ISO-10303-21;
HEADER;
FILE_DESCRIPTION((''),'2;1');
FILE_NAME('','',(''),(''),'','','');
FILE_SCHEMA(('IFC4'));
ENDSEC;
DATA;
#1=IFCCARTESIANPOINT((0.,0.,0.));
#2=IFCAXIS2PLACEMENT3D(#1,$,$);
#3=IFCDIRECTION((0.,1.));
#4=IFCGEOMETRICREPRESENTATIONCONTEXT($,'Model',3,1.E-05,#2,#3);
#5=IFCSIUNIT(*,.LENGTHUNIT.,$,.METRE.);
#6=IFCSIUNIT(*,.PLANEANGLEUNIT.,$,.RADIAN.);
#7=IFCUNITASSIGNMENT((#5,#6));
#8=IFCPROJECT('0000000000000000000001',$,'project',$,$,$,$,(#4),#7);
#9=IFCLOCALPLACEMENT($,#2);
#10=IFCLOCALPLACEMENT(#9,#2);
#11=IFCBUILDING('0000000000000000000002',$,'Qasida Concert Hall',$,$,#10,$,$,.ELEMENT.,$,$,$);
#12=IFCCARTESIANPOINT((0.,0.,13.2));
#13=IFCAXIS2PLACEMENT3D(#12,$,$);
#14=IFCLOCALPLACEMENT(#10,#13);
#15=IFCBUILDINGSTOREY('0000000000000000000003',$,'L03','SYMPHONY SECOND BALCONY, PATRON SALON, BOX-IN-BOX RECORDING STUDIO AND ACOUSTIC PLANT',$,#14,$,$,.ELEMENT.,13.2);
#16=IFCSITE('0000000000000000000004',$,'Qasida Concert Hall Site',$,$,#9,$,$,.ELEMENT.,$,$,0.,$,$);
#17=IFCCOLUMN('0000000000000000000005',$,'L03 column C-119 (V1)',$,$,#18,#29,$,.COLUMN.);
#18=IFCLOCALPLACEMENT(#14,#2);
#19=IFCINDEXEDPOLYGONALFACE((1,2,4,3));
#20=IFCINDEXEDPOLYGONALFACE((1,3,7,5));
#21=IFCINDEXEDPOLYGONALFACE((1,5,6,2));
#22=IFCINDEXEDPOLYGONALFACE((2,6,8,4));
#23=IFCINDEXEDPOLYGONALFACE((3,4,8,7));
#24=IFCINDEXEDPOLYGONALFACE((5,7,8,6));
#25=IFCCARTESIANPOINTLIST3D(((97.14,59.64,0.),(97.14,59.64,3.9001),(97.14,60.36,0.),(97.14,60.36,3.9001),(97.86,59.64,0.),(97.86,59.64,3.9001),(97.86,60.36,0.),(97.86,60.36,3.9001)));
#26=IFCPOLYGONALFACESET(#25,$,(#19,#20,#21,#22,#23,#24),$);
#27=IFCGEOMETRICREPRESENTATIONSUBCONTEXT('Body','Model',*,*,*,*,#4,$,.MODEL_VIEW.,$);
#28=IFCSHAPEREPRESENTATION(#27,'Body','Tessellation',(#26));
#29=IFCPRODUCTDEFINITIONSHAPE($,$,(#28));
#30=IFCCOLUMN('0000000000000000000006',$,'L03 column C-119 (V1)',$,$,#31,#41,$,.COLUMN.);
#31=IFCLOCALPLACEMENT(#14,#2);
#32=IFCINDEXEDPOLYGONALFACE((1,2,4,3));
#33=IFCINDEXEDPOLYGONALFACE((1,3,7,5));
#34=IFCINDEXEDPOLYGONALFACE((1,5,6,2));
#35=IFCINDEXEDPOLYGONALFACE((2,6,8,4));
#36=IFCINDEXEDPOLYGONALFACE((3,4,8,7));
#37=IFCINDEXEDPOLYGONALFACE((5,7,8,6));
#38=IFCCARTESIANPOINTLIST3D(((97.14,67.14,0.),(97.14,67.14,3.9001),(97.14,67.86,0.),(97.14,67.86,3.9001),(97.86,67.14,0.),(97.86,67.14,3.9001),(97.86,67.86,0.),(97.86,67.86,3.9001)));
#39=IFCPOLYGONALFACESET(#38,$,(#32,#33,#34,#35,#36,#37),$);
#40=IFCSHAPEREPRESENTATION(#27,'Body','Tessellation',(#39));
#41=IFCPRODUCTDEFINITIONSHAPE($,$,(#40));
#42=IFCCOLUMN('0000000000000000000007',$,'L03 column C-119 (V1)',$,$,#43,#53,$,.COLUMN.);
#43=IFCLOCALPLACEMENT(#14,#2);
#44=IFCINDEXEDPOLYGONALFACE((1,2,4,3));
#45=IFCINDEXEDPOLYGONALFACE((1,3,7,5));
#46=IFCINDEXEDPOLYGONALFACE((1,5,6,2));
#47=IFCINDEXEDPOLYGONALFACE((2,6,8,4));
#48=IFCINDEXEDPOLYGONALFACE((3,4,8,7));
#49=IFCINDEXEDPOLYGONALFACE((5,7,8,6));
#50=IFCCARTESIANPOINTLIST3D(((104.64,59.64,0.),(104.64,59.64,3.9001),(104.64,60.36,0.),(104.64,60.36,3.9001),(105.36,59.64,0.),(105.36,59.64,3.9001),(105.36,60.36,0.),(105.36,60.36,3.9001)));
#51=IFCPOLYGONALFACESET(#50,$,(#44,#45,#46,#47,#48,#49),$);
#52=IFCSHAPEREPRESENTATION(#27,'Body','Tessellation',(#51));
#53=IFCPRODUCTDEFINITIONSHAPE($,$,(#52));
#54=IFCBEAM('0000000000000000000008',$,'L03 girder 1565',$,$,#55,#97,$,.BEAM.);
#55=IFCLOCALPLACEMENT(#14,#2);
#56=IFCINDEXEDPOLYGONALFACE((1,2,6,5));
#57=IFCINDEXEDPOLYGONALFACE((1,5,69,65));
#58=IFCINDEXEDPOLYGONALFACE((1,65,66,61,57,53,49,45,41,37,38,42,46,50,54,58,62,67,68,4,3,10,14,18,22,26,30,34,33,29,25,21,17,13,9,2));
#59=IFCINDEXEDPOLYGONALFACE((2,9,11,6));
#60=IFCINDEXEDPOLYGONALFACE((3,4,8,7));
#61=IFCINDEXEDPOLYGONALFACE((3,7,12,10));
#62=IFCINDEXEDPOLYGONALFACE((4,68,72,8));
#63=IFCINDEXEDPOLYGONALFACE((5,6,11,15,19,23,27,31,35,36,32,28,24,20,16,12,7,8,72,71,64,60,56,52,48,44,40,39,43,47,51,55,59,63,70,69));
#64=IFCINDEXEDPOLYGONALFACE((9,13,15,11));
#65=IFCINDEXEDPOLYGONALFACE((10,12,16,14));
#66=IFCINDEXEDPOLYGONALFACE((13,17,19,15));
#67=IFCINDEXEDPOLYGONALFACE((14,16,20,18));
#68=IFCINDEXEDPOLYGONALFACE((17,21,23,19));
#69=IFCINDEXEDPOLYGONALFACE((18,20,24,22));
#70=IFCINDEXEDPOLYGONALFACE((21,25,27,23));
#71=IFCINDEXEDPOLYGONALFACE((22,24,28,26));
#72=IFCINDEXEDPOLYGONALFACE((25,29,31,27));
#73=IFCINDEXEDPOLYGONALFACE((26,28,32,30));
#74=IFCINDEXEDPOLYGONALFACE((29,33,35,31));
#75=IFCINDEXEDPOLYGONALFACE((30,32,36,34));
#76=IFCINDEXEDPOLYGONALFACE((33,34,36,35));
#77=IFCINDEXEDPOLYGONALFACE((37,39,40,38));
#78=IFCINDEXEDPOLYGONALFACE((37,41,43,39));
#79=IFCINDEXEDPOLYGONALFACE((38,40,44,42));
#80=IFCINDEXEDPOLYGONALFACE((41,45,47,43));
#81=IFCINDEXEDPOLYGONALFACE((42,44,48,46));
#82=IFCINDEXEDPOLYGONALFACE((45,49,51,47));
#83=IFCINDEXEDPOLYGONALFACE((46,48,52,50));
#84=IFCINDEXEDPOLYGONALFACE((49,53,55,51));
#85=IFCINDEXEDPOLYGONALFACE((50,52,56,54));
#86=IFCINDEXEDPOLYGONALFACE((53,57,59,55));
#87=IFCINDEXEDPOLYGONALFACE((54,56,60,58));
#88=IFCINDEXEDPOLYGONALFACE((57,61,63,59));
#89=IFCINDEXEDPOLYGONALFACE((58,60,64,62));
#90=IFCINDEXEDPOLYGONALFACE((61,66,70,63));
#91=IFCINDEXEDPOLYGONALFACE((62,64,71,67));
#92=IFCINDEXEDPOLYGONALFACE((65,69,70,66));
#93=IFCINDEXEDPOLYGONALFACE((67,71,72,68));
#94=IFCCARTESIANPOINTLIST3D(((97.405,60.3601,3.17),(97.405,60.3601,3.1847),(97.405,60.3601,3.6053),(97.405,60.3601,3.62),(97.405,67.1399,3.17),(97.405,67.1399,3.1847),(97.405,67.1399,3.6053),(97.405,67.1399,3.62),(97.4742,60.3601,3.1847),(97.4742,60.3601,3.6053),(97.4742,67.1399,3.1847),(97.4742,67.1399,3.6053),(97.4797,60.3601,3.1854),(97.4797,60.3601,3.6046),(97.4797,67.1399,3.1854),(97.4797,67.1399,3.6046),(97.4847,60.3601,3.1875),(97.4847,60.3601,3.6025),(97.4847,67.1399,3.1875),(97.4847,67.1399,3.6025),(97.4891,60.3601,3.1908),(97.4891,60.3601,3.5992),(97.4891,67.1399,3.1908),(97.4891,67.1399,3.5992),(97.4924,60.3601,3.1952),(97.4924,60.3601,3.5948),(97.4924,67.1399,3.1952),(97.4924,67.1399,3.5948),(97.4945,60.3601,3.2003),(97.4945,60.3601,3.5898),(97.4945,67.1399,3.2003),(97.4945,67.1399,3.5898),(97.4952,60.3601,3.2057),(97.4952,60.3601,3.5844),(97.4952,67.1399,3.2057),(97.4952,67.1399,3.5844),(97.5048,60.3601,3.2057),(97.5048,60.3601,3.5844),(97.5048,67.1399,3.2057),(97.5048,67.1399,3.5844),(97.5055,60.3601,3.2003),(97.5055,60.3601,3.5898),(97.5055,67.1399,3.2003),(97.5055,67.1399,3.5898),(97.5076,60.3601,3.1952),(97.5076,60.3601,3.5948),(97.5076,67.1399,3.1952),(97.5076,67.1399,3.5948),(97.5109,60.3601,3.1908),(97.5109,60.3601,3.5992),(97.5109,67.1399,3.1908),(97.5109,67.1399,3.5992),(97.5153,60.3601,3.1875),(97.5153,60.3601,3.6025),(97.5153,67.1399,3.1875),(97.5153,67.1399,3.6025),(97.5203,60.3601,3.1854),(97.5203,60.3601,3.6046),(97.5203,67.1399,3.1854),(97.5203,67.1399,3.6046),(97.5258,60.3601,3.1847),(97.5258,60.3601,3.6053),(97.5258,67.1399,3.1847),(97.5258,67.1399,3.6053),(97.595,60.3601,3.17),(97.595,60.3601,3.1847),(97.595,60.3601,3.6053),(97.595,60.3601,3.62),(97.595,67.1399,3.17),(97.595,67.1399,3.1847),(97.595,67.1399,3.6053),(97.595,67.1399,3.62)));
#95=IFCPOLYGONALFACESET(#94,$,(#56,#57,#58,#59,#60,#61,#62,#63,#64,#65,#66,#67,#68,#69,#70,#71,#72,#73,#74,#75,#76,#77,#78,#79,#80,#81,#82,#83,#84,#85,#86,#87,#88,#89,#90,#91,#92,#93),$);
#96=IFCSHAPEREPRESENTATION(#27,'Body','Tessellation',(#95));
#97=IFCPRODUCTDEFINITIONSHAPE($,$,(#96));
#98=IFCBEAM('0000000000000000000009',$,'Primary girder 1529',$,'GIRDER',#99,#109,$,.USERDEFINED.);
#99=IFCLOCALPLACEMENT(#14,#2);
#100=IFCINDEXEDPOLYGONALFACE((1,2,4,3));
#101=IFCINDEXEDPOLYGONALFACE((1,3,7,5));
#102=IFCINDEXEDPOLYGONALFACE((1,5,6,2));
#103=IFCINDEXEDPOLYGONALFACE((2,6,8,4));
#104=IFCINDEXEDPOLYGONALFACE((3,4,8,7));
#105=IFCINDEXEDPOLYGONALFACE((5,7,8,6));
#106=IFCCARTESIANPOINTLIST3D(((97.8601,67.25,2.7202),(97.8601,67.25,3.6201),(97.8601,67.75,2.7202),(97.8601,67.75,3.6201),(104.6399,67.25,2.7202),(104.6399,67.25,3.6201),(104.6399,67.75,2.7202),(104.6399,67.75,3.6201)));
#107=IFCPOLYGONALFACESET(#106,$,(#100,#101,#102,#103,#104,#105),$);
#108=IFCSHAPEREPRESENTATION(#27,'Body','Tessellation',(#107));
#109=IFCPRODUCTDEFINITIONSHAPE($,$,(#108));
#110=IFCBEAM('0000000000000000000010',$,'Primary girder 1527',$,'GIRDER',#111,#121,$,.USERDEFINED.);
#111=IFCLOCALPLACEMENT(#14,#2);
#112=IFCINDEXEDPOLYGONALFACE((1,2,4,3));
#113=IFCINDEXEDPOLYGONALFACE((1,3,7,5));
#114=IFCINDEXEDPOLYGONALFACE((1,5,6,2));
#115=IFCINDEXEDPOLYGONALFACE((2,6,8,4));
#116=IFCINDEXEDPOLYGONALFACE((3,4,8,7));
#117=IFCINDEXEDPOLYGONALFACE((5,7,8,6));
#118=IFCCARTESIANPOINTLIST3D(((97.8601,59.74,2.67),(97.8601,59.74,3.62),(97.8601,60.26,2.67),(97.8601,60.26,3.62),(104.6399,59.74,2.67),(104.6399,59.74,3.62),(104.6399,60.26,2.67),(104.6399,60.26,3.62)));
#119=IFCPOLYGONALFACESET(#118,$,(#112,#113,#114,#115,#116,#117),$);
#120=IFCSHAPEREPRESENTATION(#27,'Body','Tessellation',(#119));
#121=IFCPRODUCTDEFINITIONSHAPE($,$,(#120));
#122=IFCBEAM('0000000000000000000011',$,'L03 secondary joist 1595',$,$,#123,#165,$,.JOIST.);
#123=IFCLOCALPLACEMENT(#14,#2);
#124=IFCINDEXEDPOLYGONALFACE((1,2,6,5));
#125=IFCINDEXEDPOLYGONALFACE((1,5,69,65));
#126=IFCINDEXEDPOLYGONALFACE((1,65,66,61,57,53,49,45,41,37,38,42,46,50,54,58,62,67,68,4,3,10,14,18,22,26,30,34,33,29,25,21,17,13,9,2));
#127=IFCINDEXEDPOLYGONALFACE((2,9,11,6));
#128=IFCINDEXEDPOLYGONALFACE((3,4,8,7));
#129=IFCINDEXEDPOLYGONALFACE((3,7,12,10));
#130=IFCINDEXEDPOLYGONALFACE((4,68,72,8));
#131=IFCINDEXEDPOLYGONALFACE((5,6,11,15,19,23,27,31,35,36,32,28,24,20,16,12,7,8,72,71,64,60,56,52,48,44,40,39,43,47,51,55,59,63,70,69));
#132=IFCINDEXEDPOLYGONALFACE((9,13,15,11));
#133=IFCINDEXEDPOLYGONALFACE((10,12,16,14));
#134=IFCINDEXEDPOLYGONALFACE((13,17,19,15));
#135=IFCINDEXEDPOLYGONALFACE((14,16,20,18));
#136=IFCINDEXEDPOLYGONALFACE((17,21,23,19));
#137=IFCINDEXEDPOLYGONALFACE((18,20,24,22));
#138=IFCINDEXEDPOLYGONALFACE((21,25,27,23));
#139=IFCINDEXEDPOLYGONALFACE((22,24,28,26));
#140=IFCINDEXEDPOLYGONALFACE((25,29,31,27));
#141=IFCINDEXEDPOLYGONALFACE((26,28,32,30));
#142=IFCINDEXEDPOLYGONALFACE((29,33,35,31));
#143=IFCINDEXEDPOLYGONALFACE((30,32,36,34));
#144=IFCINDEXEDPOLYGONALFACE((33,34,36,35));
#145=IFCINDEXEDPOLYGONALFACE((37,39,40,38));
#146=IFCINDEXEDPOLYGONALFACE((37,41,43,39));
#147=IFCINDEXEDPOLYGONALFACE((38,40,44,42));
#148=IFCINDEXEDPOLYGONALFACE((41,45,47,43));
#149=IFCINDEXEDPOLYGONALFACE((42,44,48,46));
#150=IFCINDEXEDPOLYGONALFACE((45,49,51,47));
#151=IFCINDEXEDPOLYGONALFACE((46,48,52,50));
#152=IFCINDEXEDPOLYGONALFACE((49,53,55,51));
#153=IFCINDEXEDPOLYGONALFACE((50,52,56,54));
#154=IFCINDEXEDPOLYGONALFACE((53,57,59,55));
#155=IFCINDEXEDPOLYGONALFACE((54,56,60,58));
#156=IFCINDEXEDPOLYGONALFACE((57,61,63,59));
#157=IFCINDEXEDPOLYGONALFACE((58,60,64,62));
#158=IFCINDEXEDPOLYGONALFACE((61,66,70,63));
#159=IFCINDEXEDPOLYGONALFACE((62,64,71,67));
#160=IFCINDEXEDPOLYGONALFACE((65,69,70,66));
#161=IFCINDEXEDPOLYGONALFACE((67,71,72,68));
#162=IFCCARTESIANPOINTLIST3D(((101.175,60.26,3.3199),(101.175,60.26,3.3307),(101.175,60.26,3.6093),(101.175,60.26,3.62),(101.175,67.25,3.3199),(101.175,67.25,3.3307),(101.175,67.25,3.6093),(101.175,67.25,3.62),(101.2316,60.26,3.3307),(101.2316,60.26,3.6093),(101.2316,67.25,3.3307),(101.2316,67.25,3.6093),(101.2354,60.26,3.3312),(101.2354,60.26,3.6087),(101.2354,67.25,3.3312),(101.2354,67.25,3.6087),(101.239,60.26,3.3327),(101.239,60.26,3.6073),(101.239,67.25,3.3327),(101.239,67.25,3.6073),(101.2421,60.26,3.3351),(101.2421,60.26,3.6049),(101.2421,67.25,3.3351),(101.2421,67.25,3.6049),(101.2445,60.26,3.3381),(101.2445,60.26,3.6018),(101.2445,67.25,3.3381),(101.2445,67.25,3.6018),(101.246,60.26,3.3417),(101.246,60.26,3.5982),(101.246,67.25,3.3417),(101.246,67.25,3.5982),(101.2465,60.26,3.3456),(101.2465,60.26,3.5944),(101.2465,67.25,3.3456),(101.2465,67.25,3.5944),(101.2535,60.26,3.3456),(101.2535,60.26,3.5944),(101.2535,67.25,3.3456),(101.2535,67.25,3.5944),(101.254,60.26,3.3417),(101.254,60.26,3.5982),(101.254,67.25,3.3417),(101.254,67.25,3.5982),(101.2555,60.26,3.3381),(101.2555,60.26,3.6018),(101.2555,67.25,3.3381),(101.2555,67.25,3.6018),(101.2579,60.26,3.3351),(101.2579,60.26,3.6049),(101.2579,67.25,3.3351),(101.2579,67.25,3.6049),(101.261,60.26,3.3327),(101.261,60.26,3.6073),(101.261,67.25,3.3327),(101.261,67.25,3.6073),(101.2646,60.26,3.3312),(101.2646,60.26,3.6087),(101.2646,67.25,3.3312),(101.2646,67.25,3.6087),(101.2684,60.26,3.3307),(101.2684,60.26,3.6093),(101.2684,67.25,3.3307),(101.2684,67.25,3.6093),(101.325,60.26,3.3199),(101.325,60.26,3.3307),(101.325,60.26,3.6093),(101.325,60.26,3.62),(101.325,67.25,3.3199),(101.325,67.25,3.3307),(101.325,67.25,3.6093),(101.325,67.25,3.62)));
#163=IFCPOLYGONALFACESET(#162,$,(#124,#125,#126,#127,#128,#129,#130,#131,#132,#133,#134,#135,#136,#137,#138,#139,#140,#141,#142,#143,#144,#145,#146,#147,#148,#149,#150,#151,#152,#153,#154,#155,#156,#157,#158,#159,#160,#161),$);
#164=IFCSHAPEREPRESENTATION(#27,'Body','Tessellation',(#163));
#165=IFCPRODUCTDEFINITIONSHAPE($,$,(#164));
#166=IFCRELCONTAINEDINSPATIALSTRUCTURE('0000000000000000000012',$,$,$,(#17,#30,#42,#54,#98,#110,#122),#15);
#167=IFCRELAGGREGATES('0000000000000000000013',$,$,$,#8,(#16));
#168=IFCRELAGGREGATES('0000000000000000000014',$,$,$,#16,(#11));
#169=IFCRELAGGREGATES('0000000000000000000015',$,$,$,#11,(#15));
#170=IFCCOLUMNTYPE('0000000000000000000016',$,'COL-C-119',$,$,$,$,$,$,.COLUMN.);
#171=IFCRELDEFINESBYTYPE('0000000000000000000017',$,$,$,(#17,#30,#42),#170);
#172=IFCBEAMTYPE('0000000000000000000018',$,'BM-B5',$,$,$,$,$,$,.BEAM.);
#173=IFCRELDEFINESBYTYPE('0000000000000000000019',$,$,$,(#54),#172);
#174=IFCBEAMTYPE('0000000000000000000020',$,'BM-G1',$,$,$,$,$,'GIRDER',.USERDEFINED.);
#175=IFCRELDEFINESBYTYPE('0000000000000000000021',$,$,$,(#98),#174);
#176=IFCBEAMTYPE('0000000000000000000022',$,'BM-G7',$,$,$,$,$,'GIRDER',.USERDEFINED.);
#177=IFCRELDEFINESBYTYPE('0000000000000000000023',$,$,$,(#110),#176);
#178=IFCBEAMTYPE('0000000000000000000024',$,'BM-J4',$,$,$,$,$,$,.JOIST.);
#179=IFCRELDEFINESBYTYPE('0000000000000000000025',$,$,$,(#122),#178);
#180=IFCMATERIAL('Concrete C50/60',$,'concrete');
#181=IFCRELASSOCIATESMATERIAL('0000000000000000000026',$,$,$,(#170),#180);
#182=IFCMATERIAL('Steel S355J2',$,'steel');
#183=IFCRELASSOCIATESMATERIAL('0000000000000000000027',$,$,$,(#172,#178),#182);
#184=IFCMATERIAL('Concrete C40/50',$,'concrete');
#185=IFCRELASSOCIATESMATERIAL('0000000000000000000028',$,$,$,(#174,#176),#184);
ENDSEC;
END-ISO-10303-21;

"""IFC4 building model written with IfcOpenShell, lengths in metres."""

from ifc_helpers import new_model, si_unit, direction, frame, origin, origin_2d, place, context, subcontext, project, spatial, rectangle, i_section, extrude, material, material_profile, profile_set, type_object, element, save


model = new_model("IFC4")

# Units and contexts
model_context = context("Model", 3, precision=1e-05, world=origin(), true_north=direction((0.0, 1.0)))
body_context = subcontext(model_context, "Body", "Model", "MODEL_VIEW")
ifc_project = project(units=[si_unit("LENGTHUNIT", "METRE"), si_unit("PLANEANGLEUNIT", "RADIAN")], contexts=[model_context])

# Site, building, storey
site_placement = place(None, origin())
site = spatial("IfcSite", under=ifc_project, at=site_placement, Name="Qasida Concert Hall Site", CompositionType="ELEMENT", RefElevation=0.0)
building_placement = place(site_placement, origin())
building = spatial("IfcBuilding", under=site, at=building_placement, Name="Qasida Concert Hall", CompositionType="ELEMENT")
storey_placement = place(building_placement, frame((0.0, 0.0, 13.2)))
storey = spatial("IfcBuildingStorey", under=building, at=storey_placement, Name="L03", Description="SYMPHONY SECOND BALCONY, PATRON SALON, BOX-IN-BOX RECORDING STUDIO AND ACOUSTIC PLANT", CompositionType="ELEMENT", Elevation=13.2)

# Columns
ifc_material_1 = material(Name="Concrete C50/60", Category="concrete")
ifc_material_profile_1 = material_profile(ifc_material_1, rectangle(XDim=0.72, YDim=0.72, at=origin_2d()), Name="RC 720x720")
ifc_profile_set_1 = profile_set([ifc_material_profile_1], Name="Concrete C50/60")
column_type = type_object("IfcColumnType", Name="COL-C-119", PredefinedType="COLUMN", material=ifc_profile_set_1)
for number, where, z_axis, x_axis, name in (
    (1, (97.5, 60.0, 0.0), (0.0, 0.0, 1.0), (1.0, 0.0, 0.0), "L03 column C-119 (V1)"),
    (2, (97.5, 67.5, 0.0), (0.0, 0.0, 1.0), (1.0, 0.0, 0.0), "L03 column C-119 (V1)"),
    (3, (105.0, 60.0, 0.0), (0.0, 0.0, 1.0), (1.0, 0.0, 0.0), "L03 column C-119 (V1)"),
):
    element("IfcColumn", number, at=place(storey_placement, frame(where, z_axis=z_axis, x_axis=x_axis)), inside=storey, type_object=column_type, Name=name, PredefinedType="COLUMN", context=body_context, shape_type="SweptSolid", body=[
        extrude(rectangle(XDim=0.72, YDim=0.72, at=origin_2d()), origin(), (0.0, 0.0, 1.0), 3.9001),
    ])

# Beams
ifc_material_2 = material(Name="Steel S355J2", Category="steel")
ifc_material_profile_2 = material_profile(ifc_material_2, i_section(OverallWidth=0.1899, OverallDepth=0.45, WebThickness=0.0095, FlangeThickness=0.0146, FilletRadius=0.021, at=origin_2d()), Name="IPE 450")
ifc_profile_set_2 = profile_set([ifc_material_profile_2], Name="Steel S355J2")
beam_type_1 = type_object("IfcBeamType", Name="BM-B5", PredefinedType="BEAM", material=ifc_profile_set_2)
beam_1_placement = place(storey_placement, frame((97.5, 60.3601, 3.395), z_axis=(0.0, 1.0, 0.0), x_axis=(-1.0, 0.0, 0.0)))
element("IfcBeam", 4, at=beam_1_placement, inside=storey, type_object=beam_type_1, Name="L03 girder 1565", PredefinedType="BEAM", context=body_context, shape_type="SweptSolid", body=[
    extrude(i_section(OverallWidth=0.1899, OverallDepth=0.45, WebThickness=0.0095, FlangeThickness=0.0146, FilletRadius=0.021, at=origin_2d()), origin(), (0.0, 0.0, 1.0), 6.7798),
])
ifc_material_3 = material(Name="Concrete C40/50", Category="concrete")
ifc_material_profile_3 = material_profile(ifc_material_3, rectangle(XDim=0.5, YDim=0.8999, at=origin_2d()), Name="RC 500x900")
ifc_profile_set_3 = profile_set([ifc_material_profile_3], Name="Concrete C40/50")
beam_type_2 = type_object("IfcBeamType", Name="BM-G1", ElementType="GIRDER", PredefinedType="USERDEFINED", material=ifc_profile_set_3)
beam_2_placement = place(storey_placement, frame((97.8601, 67.5, 3.1702), z_axis=(1.0, 0.0, 0.0), x_axis=(0.0, 1.0, 0.0)))
element("IfcBeam", 5, at=beam_2_placement, inside=storey, type_object=beam_type_2, Name="Primary girder 1529", ObjectType="GIRDER", PredefinedType="USERDEFINED", context=body_context, shape_type="SweptSolid", body=[
    extrude(rectangle(XDim=0.5, YDim=0.8999, at=origin_2d()), origin(), (0.0, 0.0, 1.0), 6.7798),
])
ifc_material_profile_4 = material_profile(ifc_material_3, rectangle(XDim=0.52, YDim=0.95, at=origin_2d()), Name="RC 520x950")
ifc_profile_set_4 = profile_set([ifc_material_profile_4], Name="Concrete C40/50")
beam_type_3 = type_object("IfcBeamType", Name="BM-G7", ElementType="GIRDER", PredefinedType="USERDEFINED", material=ifc_profile_set_4)
beam_3_placement = place(storey_placement, frame((97.8601, 60.0, 3.145), z_axis=(1.0, 0.0, 0.0), x_axis=(0.0, 1.0, 0.0)))
element("IfcBeam", 6, at=beam_3_placement, inside=storey, type_object=beam_type_3, Name="Primary girder 1527", ObjectType="GIRDER", PredefinedType="USERDEFINED", context=body_context, shape_type="SweptSolid", body=[
    extrude(rectangle(XDim=0.52, YDim=0.95, at=origin_2d()), origin(), (0.0, 0.0, 1.0), 6.7798),
])
ifc_material_profile_5 = material_profile(ifc_material_2, i_section(OverallWidth=0.1499, OverallDepth=0.3, WebThickness=0.0071, FlangeThickness=0.0107, FilletRadius=0.0149, at=origin_2d()), Name="IPE 300")
ifc_profile_set_5 = profile_set([ifc_material_profile_5], Name="Steel S355J2")
beam_type_4 = type_object("IfcBeamType", Name="BM-J4", PredefinedType="JOIST", material=ifc_profile_set_5)
beam_4_placement = place(storey_placement, frame((101.25, 60.26, 3.47), z_axis=(0.0, 1.0, 0.0), x_axis=(-1.0, 0.0, 0.0)))
element("IfcBeam", 7, at=beam_4_placement, inside=storey, type_object=beam_type_4, Name="L03 secondary joist 1595", PredefinedType="JOIST", context=body_context, shape_type="SweptSolid", body=[
    extrude(i_section(OverallWidth=0.1499, OverallDepth=0.3, WebThickness=0.0071, FlangeThickness=0.0107, FilletRadius=0.0149, at=origin_2d()), origin(), (0.0, 0.0, 1.0), 6.99),
])

save(model, "model.ifc")
